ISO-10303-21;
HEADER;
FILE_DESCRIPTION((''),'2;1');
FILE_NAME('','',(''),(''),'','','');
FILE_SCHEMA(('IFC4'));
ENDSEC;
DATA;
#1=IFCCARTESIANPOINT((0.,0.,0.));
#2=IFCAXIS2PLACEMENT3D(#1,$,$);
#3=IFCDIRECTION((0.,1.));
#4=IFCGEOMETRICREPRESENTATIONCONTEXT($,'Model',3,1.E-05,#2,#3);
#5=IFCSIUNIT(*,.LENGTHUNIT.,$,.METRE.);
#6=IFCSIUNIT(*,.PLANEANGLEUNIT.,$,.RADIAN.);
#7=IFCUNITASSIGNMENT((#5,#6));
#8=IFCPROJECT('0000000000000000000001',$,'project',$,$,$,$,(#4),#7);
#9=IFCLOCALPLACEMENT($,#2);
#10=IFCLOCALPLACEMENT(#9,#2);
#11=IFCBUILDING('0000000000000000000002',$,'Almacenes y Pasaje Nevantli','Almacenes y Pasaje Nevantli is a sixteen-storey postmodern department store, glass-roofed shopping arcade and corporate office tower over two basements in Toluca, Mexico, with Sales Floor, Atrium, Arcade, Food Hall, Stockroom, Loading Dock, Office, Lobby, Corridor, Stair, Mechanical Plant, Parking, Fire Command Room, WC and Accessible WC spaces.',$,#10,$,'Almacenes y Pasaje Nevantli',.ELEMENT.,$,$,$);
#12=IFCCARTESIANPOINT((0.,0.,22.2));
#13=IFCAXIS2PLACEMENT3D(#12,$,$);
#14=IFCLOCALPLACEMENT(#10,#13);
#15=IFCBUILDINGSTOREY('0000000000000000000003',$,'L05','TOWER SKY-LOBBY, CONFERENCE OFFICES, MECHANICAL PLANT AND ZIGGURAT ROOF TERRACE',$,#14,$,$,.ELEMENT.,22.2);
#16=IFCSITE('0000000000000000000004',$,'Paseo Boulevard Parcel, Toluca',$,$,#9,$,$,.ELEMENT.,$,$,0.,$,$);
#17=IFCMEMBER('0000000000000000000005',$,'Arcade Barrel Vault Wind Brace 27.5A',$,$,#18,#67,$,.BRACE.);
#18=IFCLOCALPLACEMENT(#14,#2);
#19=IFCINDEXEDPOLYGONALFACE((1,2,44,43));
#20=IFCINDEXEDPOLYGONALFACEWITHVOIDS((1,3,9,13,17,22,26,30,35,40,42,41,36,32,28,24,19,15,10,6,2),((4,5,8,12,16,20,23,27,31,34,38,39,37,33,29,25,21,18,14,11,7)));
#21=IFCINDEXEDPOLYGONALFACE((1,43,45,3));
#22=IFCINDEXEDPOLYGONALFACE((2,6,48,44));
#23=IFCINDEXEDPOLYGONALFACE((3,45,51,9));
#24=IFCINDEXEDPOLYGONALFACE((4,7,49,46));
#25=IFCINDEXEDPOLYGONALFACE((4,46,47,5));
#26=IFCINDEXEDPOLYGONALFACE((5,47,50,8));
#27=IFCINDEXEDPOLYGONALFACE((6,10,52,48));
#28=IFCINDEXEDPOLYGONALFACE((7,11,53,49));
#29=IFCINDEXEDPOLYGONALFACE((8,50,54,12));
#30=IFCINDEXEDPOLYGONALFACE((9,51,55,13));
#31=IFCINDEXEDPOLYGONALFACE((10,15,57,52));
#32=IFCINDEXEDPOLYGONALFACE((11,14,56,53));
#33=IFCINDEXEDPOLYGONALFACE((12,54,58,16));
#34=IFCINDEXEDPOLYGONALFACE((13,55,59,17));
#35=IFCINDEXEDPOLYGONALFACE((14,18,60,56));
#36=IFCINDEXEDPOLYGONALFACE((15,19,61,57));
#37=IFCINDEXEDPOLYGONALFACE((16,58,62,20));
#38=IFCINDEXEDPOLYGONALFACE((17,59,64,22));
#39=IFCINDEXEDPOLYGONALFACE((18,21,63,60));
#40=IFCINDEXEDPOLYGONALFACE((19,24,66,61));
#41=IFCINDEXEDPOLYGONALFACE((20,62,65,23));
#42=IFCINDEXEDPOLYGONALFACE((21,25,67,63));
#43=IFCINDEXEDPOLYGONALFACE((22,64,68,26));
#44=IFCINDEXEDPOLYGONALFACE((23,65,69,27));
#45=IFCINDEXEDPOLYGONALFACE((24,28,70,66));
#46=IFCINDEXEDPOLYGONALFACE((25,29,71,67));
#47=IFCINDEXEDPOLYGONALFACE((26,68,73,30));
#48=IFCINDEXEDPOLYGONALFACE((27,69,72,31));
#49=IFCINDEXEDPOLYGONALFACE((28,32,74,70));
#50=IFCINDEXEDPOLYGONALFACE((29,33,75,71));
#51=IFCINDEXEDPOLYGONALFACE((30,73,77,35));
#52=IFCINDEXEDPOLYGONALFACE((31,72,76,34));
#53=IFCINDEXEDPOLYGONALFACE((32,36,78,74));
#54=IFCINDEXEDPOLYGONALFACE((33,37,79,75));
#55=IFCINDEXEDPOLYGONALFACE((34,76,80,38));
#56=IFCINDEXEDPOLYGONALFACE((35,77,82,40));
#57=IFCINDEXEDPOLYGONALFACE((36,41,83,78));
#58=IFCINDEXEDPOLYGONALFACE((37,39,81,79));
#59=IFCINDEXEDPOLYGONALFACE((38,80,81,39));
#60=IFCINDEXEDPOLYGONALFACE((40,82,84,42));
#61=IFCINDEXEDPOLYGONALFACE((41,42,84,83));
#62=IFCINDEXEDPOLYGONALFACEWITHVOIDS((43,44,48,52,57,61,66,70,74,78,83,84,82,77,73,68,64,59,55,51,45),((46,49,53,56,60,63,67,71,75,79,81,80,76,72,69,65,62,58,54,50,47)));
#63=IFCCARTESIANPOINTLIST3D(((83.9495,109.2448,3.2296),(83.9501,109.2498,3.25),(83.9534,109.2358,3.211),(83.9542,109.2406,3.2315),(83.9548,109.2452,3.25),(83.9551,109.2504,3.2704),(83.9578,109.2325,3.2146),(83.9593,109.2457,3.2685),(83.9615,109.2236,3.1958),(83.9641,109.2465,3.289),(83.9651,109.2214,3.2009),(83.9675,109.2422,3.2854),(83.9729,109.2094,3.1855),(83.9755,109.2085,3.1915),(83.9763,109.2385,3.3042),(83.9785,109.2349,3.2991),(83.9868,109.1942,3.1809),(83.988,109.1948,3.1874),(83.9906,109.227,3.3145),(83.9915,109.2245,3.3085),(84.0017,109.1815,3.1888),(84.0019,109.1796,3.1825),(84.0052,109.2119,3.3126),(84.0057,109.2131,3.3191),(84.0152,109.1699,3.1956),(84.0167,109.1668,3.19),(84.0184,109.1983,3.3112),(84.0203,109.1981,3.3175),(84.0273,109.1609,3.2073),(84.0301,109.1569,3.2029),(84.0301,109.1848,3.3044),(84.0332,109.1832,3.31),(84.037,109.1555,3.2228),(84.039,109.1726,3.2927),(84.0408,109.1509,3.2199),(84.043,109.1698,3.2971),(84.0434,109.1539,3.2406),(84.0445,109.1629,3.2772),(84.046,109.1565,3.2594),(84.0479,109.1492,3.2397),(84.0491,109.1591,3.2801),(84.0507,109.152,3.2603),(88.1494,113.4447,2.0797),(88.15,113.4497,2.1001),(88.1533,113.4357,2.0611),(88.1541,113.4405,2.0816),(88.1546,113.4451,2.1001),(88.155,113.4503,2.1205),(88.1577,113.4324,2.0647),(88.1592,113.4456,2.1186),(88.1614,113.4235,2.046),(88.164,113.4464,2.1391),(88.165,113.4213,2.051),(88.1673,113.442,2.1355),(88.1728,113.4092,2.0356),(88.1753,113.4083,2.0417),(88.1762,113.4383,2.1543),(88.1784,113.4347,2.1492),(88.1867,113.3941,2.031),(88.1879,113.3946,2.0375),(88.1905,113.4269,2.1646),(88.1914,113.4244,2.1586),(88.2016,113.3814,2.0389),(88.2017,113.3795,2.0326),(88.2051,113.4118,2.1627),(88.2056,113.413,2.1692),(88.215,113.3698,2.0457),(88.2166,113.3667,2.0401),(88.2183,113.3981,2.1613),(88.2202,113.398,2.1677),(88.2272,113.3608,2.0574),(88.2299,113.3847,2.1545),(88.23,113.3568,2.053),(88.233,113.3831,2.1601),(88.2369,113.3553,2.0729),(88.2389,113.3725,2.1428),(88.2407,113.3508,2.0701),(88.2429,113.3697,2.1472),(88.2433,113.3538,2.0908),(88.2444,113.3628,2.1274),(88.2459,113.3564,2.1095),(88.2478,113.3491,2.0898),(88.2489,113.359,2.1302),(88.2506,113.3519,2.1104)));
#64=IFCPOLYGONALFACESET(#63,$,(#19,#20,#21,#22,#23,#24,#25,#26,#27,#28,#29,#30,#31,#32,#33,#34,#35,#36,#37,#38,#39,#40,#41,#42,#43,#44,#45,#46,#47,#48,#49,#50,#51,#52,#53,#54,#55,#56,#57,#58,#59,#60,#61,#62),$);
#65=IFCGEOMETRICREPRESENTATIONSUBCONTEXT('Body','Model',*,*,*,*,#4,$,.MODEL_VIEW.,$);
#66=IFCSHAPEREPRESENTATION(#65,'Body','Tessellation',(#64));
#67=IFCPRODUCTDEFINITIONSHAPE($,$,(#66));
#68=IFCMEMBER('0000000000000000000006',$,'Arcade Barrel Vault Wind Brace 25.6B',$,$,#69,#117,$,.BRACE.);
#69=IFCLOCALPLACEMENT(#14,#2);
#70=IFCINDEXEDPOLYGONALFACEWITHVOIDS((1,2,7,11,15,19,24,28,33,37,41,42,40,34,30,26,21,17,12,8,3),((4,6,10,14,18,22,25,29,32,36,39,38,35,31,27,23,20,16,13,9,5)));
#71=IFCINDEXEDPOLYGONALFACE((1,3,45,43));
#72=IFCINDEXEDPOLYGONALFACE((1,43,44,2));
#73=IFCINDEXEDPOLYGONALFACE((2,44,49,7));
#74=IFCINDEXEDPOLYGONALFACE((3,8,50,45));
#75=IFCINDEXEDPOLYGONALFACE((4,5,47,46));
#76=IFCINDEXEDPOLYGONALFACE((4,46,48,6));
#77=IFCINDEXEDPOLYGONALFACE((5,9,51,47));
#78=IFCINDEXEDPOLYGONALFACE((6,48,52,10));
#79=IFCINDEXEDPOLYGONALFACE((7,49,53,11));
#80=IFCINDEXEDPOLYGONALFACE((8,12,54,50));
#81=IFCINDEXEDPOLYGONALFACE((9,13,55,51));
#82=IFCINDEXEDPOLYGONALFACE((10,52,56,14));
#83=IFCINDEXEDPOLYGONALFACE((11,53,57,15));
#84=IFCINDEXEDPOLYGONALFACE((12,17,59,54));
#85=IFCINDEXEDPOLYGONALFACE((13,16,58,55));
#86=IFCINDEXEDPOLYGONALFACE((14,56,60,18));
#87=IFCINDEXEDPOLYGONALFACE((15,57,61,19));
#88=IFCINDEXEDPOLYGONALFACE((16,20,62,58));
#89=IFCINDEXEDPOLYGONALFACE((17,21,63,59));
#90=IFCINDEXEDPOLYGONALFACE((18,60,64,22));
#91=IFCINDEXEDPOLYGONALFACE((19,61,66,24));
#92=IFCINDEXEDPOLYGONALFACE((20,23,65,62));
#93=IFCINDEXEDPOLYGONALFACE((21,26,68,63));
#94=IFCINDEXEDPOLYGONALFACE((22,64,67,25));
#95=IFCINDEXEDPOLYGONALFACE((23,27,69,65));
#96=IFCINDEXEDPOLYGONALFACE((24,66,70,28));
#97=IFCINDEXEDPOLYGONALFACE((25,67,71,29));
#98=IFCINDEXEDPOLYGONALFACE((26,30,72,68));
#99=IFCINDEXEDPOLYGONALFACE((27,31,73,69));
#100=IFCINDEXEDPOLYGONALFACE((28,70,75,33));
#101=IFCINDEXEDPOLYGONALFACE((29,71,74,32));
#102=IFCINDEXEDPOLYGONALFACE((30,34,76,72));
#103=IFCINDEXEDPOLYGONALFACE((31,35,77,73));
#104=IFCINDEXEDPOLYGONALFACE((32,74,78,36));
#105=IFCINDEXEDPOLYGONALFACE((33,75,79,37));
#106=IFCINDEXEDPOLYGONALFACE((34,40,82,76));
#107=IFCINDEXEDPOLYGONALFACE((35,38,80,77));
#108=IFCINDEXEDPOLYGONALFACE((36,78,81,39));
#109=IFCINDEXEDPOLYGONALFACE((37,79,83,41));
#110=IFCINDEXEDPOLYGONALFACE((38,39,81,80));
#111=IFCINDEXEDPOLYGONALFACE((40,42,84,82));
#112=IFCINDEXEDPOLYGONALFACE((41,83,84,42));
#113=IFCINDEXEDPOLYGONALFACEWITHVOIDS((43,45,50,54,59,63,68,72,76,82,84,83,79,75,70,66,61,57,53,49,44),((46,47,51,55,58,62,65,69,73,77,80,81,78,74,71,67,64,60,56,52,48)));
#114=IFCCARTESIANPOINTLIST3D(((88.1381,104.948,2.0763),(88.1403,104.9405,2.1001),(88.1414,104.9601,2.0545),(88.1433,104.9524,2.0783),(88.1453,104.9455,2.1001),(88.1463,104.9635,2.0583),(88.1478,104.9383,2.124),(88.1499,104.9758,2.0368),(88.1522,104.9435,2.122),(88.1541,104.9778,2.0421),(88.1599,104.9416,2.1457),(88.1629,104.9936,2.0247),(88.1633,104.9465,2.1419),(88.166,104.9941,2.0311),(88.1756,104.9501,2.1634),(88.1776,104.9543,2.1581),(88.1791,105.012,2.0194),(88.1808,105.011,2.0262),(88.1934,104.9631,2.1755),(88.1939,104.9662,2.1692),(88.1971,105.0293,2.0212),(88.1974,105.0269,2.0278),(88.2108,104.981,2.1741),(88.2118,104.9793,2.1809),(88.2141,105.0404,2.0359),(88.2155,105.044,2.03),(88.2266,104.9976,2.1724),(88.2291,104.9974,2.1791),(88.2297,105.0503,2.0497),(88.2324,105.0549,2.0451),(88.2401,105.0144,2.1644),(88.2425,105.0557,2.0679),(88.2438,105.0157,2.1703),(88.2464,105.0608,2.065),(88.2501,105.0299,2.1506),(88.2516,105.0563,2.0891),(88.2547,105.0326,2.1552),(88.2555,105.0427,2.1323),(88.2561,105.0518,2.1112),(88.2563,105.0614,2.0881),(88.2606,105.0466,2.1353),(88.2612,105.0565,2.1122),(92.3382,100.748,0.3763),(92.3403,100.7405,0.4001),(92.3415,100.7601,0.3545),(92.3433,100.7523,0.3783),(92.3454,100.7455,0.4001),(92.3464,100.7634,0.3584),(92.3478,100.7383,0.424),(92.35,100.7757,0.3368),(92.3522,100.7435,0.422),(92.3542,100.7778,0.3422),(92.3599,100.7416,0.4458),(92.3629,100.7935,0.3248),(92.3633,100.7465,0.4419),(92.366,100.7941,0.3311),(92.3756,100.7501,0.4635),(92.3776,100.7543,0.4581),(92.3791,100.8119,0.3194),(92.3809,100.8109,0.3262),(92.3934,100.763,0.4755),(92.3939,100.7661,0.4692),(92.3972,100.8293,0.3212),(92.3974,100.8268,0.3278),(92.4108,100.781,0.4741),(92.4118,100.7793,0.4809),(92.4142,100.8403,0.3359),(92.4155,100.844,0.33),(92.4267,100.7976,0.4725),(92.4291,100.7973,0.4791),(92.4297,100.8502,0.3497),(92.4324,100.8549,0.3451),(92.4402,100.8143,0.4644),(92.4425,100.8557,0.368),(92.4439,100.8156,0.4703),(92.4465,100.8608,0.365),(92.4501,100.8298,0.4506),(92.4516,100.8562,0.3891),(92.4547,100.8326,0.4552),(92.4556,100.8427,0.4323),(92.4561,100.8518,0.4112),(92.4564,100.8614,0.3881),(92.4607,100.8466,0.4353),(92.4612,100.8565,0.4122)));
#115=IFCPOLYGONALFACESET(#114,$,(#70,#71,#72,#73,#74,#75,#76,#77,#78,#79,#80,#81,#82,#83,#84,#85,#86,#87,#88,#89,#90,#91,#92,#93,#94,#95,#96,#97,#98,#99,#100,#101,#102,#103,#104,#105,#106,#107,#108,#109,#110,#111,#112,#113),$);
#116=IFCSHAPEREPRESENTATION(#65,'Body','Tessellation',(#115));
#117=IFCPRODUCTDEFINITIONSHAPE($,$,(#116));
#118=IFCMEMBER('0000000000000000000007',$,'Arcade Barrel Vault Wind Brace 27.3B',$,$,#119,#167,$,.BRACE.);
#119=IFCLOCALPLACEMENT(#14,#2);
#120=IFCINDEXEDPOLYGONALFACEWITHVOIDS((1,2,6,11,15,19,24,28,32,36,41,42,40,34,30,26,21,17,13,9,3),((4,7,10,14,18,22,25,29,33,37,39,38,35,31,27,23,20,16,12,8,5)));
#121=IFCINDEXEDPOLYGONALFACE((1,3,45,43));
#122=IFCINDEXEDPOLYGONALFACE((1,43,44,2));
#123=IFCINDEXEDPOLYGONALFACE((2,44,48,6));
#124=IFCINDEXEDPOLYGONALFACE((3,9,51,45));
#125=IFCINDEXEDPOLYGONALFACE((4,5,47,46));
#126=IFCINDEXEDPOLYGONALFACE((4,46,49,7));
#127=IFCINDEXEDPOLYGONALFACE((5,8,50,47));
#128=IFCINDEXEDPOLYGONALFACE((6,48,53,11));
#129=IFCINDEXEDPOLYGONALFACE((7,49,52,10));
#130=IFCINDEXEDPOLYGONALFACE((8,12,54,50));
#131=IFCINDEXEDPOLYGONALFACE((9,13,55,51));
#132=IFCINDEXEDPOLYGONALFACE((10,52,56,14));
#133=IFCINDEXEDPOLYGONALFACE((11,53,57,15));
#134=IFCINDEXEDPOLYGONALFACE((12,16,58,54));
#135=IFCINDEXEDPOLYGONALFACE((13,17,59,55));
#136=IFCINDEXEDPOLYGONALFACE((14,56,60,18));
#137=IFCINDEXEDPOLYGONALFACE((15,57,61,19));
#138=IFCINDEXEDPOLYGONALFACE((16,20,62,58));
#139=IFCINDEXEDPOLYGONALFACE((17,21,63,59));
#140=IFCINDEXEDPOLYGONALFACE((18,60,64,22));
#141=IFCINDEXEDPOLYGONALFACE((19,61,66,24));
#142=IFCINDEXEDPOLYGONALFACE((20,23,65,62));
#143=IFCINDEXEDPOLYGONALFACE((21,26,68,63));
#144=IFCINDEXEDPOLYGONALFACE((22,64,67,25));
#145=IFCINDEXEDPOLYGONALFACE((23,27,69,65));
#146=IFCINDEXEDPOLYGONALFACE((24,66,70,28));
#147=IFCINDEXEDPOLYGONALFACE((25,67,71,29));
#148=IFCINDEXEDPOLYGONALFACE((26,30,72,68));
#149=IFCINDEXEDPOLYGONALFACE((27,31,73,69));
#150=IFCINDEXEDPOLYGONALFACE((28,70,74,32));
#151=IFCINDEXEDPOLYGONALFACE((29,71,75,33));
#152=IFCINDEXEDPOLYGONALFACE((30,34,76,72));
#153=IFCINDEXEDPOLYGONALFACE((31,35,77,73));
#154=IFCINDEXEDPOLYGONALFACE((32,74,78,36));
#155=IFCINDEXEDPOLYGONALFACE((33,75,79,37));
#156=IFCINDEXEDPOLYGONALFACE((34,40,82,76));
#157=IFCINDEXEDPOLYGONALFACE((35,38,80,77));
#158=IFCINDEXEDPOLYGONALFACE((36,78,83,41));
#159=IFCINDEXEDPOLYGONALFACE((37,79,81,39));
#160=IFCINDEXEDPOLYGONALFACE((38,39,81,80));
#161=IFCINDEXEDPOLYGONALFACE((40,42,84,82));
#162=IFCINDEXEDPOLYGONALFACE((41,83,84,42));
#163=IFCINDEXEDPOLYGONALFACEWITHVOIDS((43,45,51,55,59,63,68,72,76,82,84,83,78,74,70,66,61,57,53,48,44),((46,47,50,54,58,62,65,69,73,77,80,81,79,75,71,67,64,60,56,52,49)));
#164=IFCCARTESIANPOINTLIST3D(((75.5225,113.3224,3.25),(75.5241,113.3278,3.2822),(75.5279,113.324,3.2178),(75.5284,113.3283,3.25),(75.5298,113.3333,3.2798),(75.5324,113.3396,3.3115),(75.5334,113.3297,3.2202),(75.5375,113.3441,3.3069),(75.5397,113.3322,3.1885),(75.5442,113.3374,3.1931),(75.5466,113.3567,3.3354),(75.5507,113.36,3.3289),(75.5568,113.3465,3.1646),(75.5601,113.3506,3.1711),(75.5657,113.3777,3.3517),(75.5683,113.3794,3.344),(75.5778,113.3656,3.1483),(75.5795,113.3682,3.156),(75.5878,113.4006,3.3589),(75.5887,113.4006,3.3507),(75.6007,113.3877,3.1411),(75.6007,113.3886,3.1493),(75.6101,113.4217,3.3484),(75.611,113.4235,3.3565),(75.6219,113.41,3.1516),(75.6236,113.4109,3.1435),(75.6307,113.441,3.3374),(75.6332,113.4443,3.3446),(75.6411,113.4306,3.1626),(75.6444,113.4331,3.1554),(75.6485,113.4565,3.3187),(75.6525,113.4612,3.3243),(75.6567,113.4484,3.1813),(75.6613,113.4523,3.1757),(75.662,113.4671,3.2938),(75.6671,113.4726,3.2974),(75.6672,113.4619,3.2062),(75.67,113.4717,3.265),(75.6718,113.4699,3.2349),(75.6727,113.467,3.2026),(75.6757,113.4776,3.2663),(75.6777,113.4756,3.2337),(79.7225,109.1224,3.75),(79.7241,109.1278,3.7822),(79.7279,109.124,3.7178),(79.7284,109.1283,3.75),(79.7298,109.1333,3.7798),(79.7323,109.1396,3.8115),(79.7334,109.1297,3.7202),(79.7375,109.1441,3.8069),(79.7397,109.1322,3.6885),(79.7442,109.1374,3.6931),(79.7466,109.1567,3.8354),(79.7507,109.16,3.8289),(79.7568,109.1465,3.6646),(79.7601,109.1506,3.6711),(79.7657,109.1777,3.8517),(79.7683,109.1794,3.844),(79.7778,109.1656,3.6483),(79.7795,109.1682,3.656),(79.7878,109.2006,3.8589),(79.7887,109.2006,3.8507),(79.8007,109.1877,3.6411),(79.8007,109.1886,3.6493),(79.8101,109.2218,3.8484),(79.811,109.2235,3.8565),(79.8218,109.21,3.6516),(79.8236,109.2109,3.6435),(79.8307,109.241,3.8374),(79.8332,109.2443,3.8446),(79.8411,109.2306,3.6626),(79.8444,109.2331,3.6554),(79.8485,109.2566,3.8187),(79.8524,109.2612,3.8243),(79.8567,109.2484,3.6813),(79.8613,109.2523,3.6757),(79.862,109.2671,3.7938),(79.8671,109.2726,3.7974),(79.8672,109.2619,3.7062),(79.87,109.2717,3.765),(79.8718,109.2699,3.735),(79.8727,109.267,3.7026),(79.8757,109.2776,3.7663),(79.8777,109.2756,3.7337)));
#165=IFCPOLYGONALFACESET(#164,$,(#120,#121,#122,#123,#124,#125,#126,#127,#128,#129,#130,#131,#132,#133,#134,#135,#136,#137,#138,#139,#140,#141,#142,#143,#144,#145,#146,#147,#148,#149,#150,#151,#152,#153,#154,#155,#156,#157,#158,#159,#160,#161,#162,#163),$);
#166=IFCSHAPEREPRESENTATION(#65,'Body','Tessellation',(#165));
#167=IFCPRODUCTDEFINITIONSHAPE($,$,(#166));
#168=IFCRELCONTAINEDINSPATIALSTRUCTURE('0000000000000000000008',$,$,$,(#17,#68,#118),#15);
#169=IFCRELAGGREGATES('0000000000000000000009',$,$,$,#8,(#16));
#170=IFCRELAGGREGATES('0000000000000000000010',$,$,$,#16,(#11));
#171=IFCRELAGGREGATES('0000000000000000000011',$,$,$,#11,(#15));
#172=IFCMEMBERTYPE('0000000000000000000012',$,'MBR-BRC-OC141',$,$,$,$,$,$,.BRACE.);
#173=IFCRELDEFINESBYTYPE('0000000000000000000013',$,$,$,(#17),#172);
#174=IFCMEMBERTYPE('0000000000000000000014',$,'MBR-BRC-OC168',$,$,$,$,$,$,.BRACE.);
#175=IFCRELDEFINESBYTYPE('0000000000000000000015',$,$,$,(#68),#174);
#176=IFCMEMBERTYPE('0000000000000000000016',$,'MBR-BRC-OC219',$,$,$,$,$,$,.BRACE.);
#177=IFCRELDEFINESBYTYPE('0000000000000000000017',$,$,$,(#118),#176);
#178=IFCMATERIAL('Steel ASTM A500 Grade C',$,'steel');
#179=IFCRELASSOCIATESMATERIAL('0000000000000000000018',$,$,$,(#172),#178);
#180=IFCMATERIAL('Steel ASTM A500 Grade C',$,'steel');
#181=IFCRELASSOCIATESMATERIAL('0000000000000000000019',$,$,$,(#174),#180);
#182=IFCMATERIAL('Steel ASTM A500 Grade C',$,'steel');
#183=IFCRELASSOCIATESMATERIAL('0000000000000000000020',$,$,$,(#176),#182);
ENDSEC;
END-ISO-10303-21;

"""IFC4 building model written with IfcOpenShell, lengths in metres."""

from ifc_helpers import new_model, si_unit, direction, frame, origin, origin_2d, place, context, subcontext, project, spatial, hollow_circle, extrude, material, material_profile, profile_set, type_object, element, save


model = new_model("IFC4")

# Units and contexts
model_context = context("Model", 3, precision=1e-05, world=origin(), true_north=direction((0.0, 1.0)))
body_context = subcontext(model_context, "Body", "Model", "MODEL_VIEW")
ifc_project = project(units=[si_unit("LENGTHUNIT", "METRE"), si_unit("PLANEANGLEUNIT", "RADIAN")], contexts=[model_context])

# Site, building, storey
site_placement = place(None, origin())
site = spatial("IfcSite", under=ifc_project, at=site_placement, Name="Paseo Boulevard Parcel, Toluca", CompositionType="ELEMENT", RefElevation=0.0)
building_placement = place(site_placement, origin())
building = spatial("IfcBuilding", under=site, at=building_placement, Name="Almacenes y Pasaje Nevantli", Description="Almacenes y Pasaje Nevantli is a sixteen-storey postmodern department store, glass-roofed shopping arcade and corporate office tower over two basements in Toluca, Mexico, with Sales Floor, Atrium, Arcade, Food Hall, Stockroom, Loading Dock, Office, Lobby, Corridor, Stair, Mechanical Plant, Parking, Fire Command Room, WC and Accessible WC spaces.", LongName="Almacenes y Pasaje Nevantli", CompositionType="ELEMENT")
storey_placement = place(building_placement, frame((0.0, 0.0, 22.2)))
storey = spatial("IfcBuildingStorey", under=building, at=storey_placement, Name="L05", Description="TOWER SKY-LOBBY, CONFERENCE OFFICES, MECHANICAL PLANT AND ZIGGURAT ROOF TERRACE", CompositionType="ELEMENT", Elevation=22.2)

# Members
ifc_material_1 = material(Name="Steel ASTM A500 Grade C", Category="steel")
ifc_material_profile_1 = material_profile(ifc_material_1, hollow_circle(Radius=0.0706, WallThickness=0.0066, at=origin_2d()), Name="OC 141x6.6")
ifc_profile_set_1 = profile_set([ifc_material_profile_1], Name="Steel ASTM A500 Grade C")
member_type_1 = type_object("IfcMemberType", Name="MBR-BRC-OC141", PredefinedType="BRACE", material=ifc_profile_set_1)
member_1_placement = place(storey_placement, frame((84.0, 109.2, 3.25), z_axis=(0.694217, 0.694217, -0.190069), x_axis=(-0.707107, 0.707107, 0.0)))
element("IfcMember", 1, at=member_1_placement, inside=storey, type_object=member_type_1, Name="Arcade Barrel Vault Wind Brace 27.5A", PredefinedType="BRACE", context=body_context, shape_type="SweptSolid", body=[
    extrude(hollow_circle(Radius=0.0706, WallThickness=0.0066, at=origin_2d()), origin(), (0.0, 0.0, 1.0), 6.0498),
])
ifc_material_2 = material(Name="Steel ASTM A500 Grade C", Category="steel")
ifc_material_profile_2 = material_profile(ifc_material_2, hollow_circle(Radius=0.0842, WallThickness=0.0071, at=origin_2d()), Name="OC 168x7.1")
ifc_profile_set_2 = profile_set([ifc_material_profile_2], Name="Steel ASTM A500 Grade C")
member_type_2 = type_object("IfcMemberType", Name="MBR-BRC-OC168", PredefinedType="BRACE", material=ifc_profile_set_2)
member_2_placement = place(storey_placement, frame((92.3999, 100.8, 0.4001), z_axis=(-0.679812, 0.679812, 0.275157), x_axis=(-0.707107, -0.707107, 0.0)))
element("IfcMember", 2, at=member_2_placement, inside=storey, type_object=member_type_2, Name="Arcade Barrel Vault Wind Brace 25.6B", PredefinedType="BRACE", context=body_context, shape_type="SweptSolid", body=[
    extrude(hollow_circle(Radius=0.0842, WallThickness=0.0071, at=origin_2d()), origin(), (0.0, 0.0, 1.0), 6.1782),
])
ifc_material_3 = material(Name="Steel ASTM A500 Grade C", Category="steel")
ifc_material_profile_3 = material_profile(ifc_material_3, hollow_circle(Radius=0.1096, WallThickness=0.0083, at=origin_2d()), Name="OC 219x8.2")
ifc_profile_set_3 = profile_set([ifc_material_profile_3], Name="Steel ASTM A500 Grade C")
member_type_3 = type_object("IfcMemberType", Name="MBR-BRC-OC219", PredefinedType="BRACE", material=ifc_profile_set_3)
member_3_placement = place(storey_placement, frame((79.8, 109.2, 3.75), z_axis=(-0.704615, 0.704615, -0.083884), x_axis=(-0.707107, -0.707107, 0.0)))
element("IfcMember", 3, at=member_3_placement, inside=storey, type_object=member_type_3, Name="Arcade Barrel Vault Wind Brace 27.3B", PredefinedType="BRACE", context=body_context, shape_type="SweptSolid", body=[
    extrude(hollow_circle(Radius=0.1096, WallThickness=0.0083, at=origin_2d()), origin(), (0.0, 0.0, 1.0), 5.9607),
])

save(model, "model.ifc")
